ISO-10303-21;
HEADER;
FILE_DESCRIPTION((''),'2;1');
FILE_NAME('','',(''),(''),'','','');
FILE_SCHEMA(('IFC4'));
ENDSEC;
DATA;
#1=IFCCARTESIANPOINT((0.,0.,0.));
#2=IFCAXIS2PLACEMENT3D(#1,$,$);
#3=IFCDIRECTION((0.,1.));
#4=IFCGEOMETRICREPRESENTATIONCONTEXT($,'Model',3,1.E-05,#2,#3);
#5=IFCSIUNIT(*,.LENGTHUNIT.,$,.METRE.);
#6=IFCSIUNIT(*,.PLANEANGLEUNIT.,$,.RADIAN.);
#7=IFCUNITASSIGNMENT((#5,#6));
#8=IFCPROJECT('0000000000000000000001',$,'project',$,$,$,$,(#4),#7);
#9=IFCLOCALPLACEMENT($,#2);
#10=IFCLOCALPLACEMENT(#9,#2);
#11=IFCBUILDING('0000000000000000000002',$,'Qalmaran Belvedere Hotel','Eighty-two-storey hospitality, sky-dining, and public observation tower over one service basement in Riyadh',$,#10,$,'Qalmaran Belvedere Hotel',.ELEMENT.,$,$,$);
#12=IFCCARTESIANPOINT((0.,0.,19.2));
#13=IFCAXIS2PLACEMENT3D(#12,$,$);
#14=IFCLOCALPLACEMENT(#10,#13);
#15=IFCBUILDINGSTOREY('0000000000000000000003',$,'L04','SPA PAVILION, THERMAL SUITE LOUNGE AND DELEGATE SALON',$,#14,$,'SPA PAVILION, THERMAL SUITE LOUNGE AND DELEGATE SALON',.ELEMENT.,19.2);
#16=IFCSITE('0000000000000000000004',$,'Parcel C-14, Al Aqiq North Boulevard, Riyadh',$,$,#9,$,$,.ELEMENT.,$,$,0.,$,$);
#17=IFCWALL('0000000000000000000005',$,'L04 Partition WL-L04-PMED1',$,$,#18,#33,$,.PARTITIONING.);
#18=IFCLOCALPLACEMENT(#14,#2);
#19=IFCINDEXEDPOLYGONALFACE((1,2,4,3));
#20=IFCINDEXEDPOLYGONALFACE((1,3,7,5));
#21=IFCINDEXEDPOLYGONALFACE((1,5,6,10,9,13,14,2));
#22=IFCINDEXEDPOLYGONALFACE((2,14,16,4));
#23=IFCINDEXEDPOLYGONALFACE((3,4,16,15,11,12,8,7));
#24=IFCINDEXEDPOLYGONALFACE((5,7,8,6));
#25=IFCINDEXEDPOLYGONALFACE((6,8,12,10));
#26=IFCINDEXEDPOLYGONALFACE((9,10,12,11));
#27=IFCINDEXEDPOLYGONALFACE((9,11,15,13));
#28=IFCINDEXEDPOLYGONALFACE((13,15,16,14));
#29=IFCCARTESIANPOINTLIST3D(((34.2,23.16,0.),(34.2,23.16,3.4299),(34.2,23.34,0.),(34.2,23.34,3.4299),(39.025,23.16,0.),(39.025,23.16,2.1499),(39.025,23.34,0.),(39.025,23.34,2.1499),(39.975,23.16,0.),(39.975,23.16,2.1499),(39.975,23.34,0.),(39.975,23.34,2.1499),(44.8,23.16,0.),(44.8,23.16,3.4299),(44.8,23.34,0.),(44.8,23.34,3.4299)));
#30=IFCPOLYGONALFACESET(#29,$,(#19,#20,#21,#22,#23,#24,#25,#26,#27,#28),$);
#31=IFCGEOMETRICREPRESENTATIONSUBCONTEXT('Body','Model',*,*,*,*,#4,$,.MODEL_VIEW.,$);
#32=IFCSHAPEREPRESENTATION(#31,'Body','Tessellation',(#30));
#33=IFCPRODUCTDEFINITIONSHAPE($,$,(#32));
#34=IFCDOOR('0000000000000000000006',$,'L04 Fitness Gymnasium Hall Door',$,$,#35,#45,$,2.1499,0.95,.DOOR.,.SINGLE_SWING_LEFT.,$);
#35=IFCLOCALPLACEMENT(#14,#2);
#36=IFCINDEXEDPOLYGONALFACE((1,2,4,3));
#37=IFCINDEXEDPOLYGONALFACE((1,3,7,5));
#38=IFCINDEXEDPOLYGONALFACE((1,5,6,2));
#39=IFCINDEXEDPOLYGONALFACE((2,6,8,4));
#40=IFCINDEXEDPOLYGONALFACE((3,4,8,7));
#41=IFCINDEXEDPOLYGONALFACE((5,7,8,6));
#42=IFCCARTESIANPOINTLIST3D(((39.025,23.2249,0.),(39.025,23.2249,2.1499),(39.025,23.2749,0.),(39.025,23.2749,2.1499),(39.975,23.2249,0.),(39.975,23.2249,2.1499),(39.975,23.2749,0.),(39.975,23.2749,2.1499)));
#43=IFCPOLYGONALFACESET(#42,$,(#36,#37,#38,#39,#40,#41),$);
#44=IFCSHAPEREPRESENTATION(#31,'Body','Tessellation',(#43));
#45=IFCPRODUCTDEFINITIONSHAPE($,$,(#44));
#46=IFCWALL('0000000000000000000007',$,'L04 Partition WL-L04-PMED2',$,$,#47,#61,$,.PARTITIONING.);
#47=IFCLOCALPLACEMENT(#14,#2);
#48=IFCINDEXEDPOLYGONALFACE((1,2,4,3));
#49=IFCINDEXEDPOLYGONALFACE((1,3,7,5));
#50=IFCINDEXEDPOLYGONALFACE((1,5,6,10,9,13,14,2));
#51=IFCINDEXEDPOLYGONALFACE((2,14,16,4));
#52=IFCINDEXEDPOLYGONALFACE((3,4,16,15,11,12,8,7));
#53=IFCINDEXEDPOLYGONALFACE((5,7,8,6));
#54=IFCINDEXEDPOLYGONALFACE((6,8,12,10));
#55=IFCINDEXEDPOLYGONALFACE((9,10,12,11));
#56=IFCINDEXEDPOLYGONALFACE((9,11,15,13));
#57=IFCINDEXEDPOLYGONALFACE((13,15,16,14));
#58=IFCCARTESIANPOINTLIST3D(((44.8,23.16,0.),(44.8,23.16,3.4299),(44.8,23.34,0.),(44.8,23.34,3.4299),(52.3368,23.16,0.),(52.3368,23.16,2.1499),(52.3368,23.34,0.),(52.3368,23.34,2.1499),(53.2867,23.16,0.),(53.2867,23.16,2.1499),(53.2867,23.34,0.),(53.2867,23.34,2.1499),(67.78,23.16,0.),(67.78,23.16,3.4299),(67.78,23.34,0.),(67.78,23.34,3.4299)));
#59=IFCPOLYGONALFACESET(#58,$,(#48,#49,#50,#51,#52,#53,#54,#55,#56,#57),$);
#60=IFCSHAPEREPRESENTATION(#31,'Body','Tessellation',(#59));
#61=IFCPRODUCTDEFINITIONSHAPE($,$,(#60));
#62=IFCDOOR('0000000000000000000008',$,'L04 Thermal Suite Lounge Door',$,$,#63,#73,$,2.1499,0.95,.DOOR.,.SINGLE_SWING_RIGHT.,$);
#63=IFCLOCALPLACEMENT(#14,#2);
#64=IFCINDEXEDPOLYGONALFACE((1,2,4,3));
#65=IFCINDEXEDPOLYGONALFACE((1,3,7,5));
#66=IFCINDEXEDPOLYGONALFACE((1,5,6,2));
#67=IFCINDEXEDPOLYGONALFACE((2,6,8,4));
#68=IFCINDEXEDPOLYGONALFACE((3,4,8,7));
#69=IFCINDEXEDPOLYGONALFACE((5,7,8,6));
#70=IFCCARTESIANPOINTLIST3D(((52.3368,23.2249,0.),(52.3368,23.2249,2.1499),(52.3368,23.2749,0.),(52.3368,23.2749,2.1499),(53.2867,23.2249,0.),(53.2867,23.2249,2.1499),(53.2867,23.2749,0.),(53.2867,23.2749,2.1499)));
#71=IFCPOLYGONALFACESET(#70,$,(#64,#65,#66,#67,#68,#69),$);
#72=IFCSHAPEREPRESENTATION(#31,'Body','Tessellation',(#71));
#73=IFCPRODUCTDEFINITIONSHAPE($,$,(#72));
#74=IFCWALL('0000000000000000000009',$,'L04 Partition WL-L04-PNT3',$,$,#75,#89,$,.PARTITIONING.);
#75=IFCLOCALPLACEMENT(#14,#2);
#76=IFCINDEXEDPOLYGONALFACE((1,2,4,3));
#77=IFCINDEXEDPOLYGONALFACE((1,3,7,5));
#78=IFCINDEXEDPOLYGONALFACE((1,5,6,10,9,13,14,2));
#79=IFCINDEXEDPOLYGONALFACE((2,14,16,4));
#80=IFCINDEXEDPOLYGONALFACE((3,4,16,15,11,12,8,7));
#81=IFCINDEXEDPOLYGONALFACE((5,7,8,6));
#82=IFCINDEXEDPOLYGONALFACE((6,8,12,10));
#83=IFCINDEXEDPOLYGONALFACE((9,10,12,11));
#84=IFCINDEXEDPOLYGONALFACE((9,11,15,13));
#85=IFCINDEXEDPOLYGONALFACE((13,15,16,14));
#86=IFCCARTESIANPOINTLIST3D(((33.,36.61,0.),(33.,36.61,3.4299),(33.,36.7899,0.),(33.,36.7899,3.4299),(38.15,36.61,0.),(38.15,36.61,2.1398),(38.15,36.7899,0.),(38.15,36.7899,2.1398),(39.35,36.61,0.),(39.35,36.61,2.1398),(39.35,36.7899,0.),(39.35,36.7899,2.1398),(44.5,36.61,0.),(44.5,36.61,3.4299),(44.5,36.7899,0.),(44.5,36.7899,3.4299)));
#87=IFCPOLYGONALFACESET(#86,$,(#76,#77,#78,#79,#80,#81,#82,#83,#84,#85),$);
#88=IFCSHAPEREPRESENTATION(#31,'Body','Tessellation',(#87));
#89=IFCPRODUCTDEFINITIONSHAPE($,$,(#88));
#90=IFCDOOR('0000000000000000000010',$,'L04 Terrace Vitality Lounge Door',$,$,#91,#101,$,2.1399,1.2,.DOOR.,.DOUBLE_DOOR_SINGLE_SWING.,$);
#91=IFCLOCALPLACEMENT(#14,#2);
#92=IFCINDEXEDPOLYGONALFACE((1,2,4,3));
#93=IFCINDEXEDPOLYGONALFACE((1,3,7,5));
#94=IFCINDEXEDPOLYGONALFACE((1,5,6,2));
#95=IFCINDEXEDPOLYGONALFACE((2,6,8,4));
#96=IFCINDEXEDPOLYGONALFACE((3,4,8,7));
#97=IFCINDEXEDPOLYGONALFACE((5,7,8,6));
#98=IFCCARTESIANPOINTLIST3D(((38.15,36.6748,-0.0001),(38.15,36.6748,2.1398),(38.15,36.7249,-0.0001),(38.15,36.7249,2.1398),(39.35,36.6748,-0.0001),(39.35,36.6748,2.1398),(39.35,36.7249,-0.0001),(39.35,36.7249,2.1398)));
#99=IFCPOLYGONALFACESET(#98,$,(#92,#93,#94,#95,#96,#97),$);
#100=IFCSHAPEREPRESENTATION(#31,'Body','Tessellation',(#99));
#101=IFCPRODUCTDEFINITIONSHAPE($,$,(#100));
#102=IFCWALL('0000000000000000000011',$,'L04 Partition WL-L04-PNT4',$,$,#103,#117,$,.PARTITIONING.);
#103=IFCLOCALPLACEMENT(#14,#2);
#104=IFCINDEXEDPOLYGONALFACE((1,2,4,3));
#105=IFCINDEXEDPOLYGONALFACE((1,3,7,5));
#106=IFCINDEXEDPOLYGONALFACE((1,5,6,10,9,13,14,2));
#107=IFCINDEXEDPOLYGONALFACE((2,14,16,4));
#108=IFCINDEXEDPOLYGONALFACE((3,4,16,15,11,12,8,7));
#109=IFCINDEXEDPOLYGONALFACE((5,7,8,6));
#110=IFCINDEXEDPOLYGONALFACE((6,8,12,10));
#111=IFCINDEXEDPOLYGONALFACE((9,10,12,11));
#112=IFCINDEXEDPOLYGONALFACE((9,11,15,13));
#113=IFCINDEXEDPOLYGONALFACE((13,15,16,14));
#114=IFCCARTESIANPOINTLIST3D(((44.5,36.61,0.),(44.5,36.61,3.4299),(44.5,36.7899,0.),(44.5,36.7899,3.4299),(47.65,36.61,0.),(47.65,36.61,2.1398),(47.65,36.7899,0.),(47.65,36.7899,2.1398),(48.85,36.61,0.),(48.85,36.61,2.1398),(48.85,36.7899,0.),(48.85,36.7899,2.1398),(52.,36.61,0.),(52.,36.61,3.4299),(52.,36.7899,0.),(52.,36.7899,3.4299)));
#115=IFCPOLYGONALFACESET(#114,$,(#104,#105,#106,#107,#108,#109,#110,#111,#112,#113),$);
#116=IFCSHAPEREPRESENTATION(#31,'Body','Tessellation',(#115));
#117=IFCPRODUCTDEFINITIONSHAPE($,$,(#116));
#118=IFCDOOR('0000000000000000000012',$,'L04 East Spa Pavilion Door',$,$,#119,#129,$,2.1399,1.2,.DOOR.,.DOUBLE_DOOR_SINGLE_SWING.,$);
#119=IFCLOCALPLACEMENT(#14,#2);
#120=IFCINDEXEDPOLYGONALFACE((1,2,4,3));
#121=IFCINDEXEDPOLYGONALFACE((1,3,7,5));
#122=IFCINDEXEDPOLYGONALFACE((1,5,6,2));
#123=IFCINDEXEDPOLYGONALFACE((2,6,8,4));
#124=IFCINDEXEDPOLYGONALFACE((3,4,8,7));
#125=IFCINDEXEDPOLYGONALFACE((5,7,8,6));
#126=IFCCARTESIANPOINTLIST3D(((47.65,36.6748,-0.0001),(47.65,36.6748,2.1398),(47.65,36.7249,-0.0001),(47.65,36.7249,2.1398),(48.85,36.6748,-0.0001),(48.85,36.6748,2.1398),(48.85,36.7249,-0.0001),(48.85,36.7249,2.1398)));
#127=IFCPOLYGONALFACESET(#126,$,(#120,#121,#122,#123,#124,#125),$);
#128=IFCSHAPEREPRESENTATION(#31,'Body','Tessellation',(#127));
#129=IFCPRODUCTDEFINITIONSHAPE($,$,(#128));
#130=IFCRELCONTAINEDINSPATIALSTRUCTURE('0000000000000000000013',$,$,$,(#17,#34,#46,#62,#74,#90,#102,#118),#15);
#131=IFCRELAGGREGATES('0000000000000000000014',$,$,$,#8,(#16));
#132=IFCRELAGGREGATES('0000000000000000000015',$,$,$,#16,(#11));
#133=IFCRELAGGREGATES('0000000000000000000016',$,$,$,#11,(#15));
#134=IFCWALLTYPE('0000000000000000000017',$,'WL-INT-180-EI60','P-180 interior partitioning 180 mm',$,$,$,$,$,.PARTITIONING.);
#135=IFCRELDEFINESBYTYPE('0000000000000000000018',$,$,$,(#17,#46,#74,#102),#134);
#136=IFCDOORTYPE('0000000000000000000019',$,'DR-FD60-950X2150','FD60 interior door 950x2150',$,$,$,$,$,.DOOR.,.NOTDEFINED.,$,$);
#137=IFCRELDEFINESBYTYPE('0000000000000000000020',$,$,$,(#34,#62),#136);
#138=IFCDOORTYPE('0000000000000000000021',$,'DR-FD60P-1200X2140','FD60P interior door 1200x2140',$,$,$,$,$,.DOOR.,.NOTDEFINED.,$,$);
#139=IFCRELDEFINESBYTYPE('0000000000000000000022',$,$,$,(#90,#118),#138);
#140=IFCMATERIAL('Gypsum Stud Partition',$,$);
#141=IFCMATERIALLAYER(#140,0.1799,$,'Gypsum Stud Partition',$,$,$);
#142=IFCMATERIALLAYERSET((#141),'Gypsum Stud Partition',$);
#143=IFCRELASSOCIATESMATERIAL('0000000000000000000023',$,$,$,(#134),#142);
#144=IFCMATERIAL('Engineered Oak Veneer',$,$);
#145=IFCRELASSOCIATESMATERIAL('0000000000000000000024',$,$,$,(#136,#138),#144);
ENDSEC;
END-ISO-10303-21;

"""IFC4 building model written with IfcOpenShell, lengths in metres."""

from ifc_helpers import new_model, si_unit, direction, frame, frame_2d, origin, place, context, subcontext, project, spatial, rectangle, extrude, material, layer, layer_set, type_object, element, fill, save


model = new_model("IFC4")

# Units and contexts
model_context = context("Model", 3, precision=1e-05, world=origin(), true_north=direction((0.0, 1.0)))
body_context = subcontext(model_context, "Body", "Model", "MODEL_VIEW")
ifc_project = project(units=[si_unit("LENGTHUNIT", "METRE"), si_unit("PLANEANGLEUNIT", "RADIAN")], contexts=[model_context])

# Site, building, storey
site_placement = place(None, origin())
site = spatial("IfcSite", under=ifc_project, at=site_placement, Name="Parcel C-14, Al Aqiq North Boulevard, Riyadh", CompositionType="ELEMENT", RefElevation=0.0)
building_placement = place(site_placement, origin())
building = spatial("IfcBuilding", under=site, at=building_placement, Name="Qalmaran Belvedere Hotel", Description="Eighty-two-storey hospitality, sky-dining, and public observation tower over one service basement in Riyadh", LongName="Qalmaran Belvedere Hotel", CompositionType="ELEMENT")
storey_placement = place(building_placement, frame((0.0, 0.0, 19.2)))
storey = spatial("IfcBuildingStorey", under=building, at=storey_placement, Name="L04", Description="SPA PAVILION, THERMAL SUITE LOUNGE AND DELEGATE SALON", LongName="SPA PAVILION, THERMAL SUITE LOUNGE AND DELEGATE SALON", CompositionType="ELEMENT", Elevation=19.2)

# Shared definitions
ifc_material_1 = material(Name="Gypsum Stud Partition")

# Walls, openings, doors
ifc_layer_1 = layer(ifc_material_1, 0.1799, Name="Gypsum Stud Partition")
ifc_layer_set_1 = layer_set([ifc_layer_1], Name="Gypsum Stud Partition")
wall_type_1 = type_object("IfcWallType", Name="WL-INT-180-EI60", Description="P-180 interior partitioning 180 mm", PredefinedType="PARTITIONING", material=ifc_layer_set_1)
wall_1_placement = place(storey_placement, frame((34.2, 23.25, 0.0), z_axis=(0.0, 0.0, 1.0), x_axis=(1.0, 0.0, 0.0)))
wall_1 = element("IfcWall", 1, at=wall_1_placement, inside=storey, type_object=wall_type_1, Name="L04 Partition WL-L04-PMED1", PredefinedType="PARTITIONING", context=body_context, shape_type="SweptSolid", body=[
    extrude(rectangle(XDim=10.6001, YDim=0.1799, at=frame_2d((5.3, 0.0))), origin(), (0.0, 0.0, 1.0), 3.4299),
])
opening_1_placement = place(wall_1_placement, frame((4.825, 0.0, 0.0)))
opening_1 = element("IfcOpeningElement", 2, at=opening_1_placement, cuts=wall_1, PredefinedType="OPENING", context=body_context, shape_type="SweptSolid", body=[
    extrude(rectangle(XDim=0.95, YDim=2.1499, at=frame_2d((0.4751, 1.075))), frame((0.0, 0.1001, 0.0), z_axis=(0.0, -1.0, 0.0), x_axis=(1.0, 0.0, 0.0)), (0.0, 0.0, 1.0), 0.2),
])
ifc_material_2 = material(Name="Engineered Oak Veneer")
door_type_1 = type_object("IfcDoorType", Name="DR-FD60-950X2150", Description="FD60 interior door 950x2150", OperationType="NOTDEFINED", PredefinedType="DOOR", material=ifc_material_2)
door_1_placement = place(opening_1_placement, origin())
door_1 = element("IfcDoor", 3, at=door_1_placement, inside=storey, type_object=door_type_1, Name="L04 Fitness Gymnasium Hall Door", OperationType="SINGLE_SWING_LEFT", OverallHeight=2.1499, OverallWidth=0.95, PredefinedType="DOOR", context=body_context, shape_type="SweptSolid", body=[
    extrude(rectangle(XDim=0.95, YDim=2.1499, at=frame_2d((0.4751, 1.075))), frame((0.0, 0.0249, 0.0), z_axis=(0.0, -1.0, 0.0), x_axis=(1.0, 0.0, 0.0)), (0.0, 0.0, 1.0), 0.05),
])
fill(opening_1, door_1)
wall_2_placement = place(storey_placement, frame((44.8, 23.25, 0.0), z_axis=(0.0, 0.0, 1.0), x_axis=(1.0, 0.0, 0.0)))
wall_2 = element("IfcWall", 4, at=wall_2_placement, inside=storey, type_object=wall_type_1, Name="L04 Partition WL-L04-PMED2", PredefinedType="PARTITIONING", context=body_context, shape_type="SweptSolid", body=[
    extrude(rectangle(XDim=22.98, YDim=0.1799, at=frame_2d((11.49, 0.0))), origin(), (0.0, 0.0, 1.0), 3.4299),
])
opening_2_placement = place(wall_2_placement, frame((7.5366, 0.0, 0.0)))
opening_2 = element("IfcOpeningElement", 5, at=opening_2_placement, cuts=wall_2, PredefinedType="OPENING", context=body_context, shape_type="SweptSolid", body=[
    extrude(rectangle(XDim=0.95, YDim=2.1499, at=frame_2d((0.4751, 1.075))), frame((0.0, 0.1001, 0.0), z_axis=(0.0, -1.0, 0.0), x_axis=(1.0, 0.0, 0.0)), (0.0, 0.0, 1.0), 0.2),
])
door_2_placement = place(opening_2_placement, origin())
door_2 = element("IfcDoor", 6, at=door_2_placement, inside=storey, type_object=door_type_1, Name="L04 Thermal Suite Lounge Door", OperationType="SINGLE_SWING_RIGHT", OverallHeight=2.1499, OverallWidth=0.95, PredefinedType="DOOR", context=body_context, shape_type="SweptSolid", body=[
    extrude(rectangle(XDim=0.95, YDim=2.1499, at=frame_2d((0.4751, 1.075))), frame((0.0, 0.0249, 0.0), z_axis=(0.0, -1.0, 0.0), x_axis=(1.0, 0.0, 0.0)), (0.0, 0.0, 1.0), 0.05),
])
fill(opening_2, door_2)
wall_3_placement = place(storey_placement, frame((33.0, 36.7, 0.0), z_axis=(0.0, 0.0, 1.0), x_axis=(1.0, 0.0, 0.0)))
wall_3 = element("IfcWall", 7, at=wall_3_placement, inside=storey, type_object=wall_type_1, Name="L04 Partition WL-L04-PNT3", PredefinedType="PARTITIONING", context=body_context, shape_type="SweptSolid", body=[
    extrude(rectangle(XDim=11.5, YDim=0.1799, at=frame_2d((5.75, 0.0))), origin(), (0.0, 0.0, 1.0), 3.4299),
])
opening_3_placement = place(wall_3_placement, frame((5.1499, 0.0, 0.0)))
opening_3 = element("IfcOpeningElement", 8, at=opening_3_placement, cuts=wall_3, PredefinedType="OPENING", context=body_context, shape_type="SweptSolid", body=[
    extrude(rectangle(XDim=1.2, YDim=2.1399, at=frame_2d((0.6001, 1.0698))), frame((0.0, 0.1001, 0.0), z_axis=(0.0, -1.0, 0.0), x_axis=(1.0, 0.0, 0.0)), (0.0, 0.0, 1.0), 0.2),
])
door_type_2 = type_object("IfcDoorType", Name="DR-FD60P-1200X2140", Description="FD60P interior door 1200x2140", OperationType="NOTDEFINED", PredefinedType="DOOR", material=ifc_material_2)
door_3_placement = place(opening_3_placement, origin())
door_3 = element("IfcDoor", 9, at=door_3_placement, inside=storey, type_object=door_type_2, Name="L04 Terrace Vitality Lounge Door", OperationType="DOUBLE_DOOR_SINGLE_SWING", OverallHeight=2.1399, OverallWidth=1.2, PredefinedType="DOOR", context=body_context, shape_type="SweptSolid", body=[
    extrude(rectangle(XDim=1.2, YDim=2.1399, at=frame_2d((0.6001, 1.0698))), frame((0.0, 0.0249, 0.0), z_axis=(0.0, -1.0, 0.0), x_axis=(1.0, 0.0, 0.0)), (0.0, 0.0, 1.0), 0.05),
])
fill(opening_3, door_3)
wall_4_placement = place(storey_placement, frame((44.5, 36.7, 0.0), z_axis=(0.0, 0.0, 1.0), x_axis=(1.0, 0.0, 0.0)))
wall_4 = element("IfcWall", 10, at=wall_4_placement, inside=storey, type_object=wall_type_1, Name="L04 Partition WL-L04-PNT4", PredefinedType="PARTITIONING", context=body_context, shape_type="SweptSolid", body=[
    extrude(rectangle(XDim=7.5, YDim=0.1799, at=frame_2d((3.75, 0.0))), origin(), (0.0, 0.0, 1.0), 3.4299),
])
opening_4_placement = place(wall_4_placement, frame((3.1499, 0.0, 0.0)))
opening_4 = element("IfcOpeningElement", 11, at=opening_4_placement, cuts=wall_4, PredefinedType="OPENING", context=body_context, shape_type="SweptSolid", body=[
    extrude(rectangle(XDim=1.2, YDim=2.1399, at=frame_2d((0.6001, 1.0698))), frame((0.0, 0.1001, 0.0), z_axis=(0.0, -1.0, 0.0), x_axis=(1.0, 0.0, 0.0)), (0.0, 0.0, 1.0), 0.2),
])
door_4_placement = place(opening_4_placement, origin())
door_4 = element("IfcDoor", 12, at=door_4_placement, inside=storey, type_object=door_type_2, Name="L04 East Spa Pavilion Door", OperationType="DOUBLE_DOOR_SINGLE_SWING", OverallHeight=2.1399, OverallWidth=1.2, PredefinedType="DOOR", context=body_context, shape_type="SweptSolid", body=[
    extrude(rectangle(XDim=1.2, YDim=2.1399, at=frame_2d((0.6001, 1.0698))), frame((0.0, 0.0249, 0.0), z_axis=(0.0, -1.0, 0.0), x_axis=(1.0, 0.0, 0.0)), (0.0, 0.0, 1.0), 0.05),
])
fill(opening_4, door_4)

save(model, "model.ifc")
